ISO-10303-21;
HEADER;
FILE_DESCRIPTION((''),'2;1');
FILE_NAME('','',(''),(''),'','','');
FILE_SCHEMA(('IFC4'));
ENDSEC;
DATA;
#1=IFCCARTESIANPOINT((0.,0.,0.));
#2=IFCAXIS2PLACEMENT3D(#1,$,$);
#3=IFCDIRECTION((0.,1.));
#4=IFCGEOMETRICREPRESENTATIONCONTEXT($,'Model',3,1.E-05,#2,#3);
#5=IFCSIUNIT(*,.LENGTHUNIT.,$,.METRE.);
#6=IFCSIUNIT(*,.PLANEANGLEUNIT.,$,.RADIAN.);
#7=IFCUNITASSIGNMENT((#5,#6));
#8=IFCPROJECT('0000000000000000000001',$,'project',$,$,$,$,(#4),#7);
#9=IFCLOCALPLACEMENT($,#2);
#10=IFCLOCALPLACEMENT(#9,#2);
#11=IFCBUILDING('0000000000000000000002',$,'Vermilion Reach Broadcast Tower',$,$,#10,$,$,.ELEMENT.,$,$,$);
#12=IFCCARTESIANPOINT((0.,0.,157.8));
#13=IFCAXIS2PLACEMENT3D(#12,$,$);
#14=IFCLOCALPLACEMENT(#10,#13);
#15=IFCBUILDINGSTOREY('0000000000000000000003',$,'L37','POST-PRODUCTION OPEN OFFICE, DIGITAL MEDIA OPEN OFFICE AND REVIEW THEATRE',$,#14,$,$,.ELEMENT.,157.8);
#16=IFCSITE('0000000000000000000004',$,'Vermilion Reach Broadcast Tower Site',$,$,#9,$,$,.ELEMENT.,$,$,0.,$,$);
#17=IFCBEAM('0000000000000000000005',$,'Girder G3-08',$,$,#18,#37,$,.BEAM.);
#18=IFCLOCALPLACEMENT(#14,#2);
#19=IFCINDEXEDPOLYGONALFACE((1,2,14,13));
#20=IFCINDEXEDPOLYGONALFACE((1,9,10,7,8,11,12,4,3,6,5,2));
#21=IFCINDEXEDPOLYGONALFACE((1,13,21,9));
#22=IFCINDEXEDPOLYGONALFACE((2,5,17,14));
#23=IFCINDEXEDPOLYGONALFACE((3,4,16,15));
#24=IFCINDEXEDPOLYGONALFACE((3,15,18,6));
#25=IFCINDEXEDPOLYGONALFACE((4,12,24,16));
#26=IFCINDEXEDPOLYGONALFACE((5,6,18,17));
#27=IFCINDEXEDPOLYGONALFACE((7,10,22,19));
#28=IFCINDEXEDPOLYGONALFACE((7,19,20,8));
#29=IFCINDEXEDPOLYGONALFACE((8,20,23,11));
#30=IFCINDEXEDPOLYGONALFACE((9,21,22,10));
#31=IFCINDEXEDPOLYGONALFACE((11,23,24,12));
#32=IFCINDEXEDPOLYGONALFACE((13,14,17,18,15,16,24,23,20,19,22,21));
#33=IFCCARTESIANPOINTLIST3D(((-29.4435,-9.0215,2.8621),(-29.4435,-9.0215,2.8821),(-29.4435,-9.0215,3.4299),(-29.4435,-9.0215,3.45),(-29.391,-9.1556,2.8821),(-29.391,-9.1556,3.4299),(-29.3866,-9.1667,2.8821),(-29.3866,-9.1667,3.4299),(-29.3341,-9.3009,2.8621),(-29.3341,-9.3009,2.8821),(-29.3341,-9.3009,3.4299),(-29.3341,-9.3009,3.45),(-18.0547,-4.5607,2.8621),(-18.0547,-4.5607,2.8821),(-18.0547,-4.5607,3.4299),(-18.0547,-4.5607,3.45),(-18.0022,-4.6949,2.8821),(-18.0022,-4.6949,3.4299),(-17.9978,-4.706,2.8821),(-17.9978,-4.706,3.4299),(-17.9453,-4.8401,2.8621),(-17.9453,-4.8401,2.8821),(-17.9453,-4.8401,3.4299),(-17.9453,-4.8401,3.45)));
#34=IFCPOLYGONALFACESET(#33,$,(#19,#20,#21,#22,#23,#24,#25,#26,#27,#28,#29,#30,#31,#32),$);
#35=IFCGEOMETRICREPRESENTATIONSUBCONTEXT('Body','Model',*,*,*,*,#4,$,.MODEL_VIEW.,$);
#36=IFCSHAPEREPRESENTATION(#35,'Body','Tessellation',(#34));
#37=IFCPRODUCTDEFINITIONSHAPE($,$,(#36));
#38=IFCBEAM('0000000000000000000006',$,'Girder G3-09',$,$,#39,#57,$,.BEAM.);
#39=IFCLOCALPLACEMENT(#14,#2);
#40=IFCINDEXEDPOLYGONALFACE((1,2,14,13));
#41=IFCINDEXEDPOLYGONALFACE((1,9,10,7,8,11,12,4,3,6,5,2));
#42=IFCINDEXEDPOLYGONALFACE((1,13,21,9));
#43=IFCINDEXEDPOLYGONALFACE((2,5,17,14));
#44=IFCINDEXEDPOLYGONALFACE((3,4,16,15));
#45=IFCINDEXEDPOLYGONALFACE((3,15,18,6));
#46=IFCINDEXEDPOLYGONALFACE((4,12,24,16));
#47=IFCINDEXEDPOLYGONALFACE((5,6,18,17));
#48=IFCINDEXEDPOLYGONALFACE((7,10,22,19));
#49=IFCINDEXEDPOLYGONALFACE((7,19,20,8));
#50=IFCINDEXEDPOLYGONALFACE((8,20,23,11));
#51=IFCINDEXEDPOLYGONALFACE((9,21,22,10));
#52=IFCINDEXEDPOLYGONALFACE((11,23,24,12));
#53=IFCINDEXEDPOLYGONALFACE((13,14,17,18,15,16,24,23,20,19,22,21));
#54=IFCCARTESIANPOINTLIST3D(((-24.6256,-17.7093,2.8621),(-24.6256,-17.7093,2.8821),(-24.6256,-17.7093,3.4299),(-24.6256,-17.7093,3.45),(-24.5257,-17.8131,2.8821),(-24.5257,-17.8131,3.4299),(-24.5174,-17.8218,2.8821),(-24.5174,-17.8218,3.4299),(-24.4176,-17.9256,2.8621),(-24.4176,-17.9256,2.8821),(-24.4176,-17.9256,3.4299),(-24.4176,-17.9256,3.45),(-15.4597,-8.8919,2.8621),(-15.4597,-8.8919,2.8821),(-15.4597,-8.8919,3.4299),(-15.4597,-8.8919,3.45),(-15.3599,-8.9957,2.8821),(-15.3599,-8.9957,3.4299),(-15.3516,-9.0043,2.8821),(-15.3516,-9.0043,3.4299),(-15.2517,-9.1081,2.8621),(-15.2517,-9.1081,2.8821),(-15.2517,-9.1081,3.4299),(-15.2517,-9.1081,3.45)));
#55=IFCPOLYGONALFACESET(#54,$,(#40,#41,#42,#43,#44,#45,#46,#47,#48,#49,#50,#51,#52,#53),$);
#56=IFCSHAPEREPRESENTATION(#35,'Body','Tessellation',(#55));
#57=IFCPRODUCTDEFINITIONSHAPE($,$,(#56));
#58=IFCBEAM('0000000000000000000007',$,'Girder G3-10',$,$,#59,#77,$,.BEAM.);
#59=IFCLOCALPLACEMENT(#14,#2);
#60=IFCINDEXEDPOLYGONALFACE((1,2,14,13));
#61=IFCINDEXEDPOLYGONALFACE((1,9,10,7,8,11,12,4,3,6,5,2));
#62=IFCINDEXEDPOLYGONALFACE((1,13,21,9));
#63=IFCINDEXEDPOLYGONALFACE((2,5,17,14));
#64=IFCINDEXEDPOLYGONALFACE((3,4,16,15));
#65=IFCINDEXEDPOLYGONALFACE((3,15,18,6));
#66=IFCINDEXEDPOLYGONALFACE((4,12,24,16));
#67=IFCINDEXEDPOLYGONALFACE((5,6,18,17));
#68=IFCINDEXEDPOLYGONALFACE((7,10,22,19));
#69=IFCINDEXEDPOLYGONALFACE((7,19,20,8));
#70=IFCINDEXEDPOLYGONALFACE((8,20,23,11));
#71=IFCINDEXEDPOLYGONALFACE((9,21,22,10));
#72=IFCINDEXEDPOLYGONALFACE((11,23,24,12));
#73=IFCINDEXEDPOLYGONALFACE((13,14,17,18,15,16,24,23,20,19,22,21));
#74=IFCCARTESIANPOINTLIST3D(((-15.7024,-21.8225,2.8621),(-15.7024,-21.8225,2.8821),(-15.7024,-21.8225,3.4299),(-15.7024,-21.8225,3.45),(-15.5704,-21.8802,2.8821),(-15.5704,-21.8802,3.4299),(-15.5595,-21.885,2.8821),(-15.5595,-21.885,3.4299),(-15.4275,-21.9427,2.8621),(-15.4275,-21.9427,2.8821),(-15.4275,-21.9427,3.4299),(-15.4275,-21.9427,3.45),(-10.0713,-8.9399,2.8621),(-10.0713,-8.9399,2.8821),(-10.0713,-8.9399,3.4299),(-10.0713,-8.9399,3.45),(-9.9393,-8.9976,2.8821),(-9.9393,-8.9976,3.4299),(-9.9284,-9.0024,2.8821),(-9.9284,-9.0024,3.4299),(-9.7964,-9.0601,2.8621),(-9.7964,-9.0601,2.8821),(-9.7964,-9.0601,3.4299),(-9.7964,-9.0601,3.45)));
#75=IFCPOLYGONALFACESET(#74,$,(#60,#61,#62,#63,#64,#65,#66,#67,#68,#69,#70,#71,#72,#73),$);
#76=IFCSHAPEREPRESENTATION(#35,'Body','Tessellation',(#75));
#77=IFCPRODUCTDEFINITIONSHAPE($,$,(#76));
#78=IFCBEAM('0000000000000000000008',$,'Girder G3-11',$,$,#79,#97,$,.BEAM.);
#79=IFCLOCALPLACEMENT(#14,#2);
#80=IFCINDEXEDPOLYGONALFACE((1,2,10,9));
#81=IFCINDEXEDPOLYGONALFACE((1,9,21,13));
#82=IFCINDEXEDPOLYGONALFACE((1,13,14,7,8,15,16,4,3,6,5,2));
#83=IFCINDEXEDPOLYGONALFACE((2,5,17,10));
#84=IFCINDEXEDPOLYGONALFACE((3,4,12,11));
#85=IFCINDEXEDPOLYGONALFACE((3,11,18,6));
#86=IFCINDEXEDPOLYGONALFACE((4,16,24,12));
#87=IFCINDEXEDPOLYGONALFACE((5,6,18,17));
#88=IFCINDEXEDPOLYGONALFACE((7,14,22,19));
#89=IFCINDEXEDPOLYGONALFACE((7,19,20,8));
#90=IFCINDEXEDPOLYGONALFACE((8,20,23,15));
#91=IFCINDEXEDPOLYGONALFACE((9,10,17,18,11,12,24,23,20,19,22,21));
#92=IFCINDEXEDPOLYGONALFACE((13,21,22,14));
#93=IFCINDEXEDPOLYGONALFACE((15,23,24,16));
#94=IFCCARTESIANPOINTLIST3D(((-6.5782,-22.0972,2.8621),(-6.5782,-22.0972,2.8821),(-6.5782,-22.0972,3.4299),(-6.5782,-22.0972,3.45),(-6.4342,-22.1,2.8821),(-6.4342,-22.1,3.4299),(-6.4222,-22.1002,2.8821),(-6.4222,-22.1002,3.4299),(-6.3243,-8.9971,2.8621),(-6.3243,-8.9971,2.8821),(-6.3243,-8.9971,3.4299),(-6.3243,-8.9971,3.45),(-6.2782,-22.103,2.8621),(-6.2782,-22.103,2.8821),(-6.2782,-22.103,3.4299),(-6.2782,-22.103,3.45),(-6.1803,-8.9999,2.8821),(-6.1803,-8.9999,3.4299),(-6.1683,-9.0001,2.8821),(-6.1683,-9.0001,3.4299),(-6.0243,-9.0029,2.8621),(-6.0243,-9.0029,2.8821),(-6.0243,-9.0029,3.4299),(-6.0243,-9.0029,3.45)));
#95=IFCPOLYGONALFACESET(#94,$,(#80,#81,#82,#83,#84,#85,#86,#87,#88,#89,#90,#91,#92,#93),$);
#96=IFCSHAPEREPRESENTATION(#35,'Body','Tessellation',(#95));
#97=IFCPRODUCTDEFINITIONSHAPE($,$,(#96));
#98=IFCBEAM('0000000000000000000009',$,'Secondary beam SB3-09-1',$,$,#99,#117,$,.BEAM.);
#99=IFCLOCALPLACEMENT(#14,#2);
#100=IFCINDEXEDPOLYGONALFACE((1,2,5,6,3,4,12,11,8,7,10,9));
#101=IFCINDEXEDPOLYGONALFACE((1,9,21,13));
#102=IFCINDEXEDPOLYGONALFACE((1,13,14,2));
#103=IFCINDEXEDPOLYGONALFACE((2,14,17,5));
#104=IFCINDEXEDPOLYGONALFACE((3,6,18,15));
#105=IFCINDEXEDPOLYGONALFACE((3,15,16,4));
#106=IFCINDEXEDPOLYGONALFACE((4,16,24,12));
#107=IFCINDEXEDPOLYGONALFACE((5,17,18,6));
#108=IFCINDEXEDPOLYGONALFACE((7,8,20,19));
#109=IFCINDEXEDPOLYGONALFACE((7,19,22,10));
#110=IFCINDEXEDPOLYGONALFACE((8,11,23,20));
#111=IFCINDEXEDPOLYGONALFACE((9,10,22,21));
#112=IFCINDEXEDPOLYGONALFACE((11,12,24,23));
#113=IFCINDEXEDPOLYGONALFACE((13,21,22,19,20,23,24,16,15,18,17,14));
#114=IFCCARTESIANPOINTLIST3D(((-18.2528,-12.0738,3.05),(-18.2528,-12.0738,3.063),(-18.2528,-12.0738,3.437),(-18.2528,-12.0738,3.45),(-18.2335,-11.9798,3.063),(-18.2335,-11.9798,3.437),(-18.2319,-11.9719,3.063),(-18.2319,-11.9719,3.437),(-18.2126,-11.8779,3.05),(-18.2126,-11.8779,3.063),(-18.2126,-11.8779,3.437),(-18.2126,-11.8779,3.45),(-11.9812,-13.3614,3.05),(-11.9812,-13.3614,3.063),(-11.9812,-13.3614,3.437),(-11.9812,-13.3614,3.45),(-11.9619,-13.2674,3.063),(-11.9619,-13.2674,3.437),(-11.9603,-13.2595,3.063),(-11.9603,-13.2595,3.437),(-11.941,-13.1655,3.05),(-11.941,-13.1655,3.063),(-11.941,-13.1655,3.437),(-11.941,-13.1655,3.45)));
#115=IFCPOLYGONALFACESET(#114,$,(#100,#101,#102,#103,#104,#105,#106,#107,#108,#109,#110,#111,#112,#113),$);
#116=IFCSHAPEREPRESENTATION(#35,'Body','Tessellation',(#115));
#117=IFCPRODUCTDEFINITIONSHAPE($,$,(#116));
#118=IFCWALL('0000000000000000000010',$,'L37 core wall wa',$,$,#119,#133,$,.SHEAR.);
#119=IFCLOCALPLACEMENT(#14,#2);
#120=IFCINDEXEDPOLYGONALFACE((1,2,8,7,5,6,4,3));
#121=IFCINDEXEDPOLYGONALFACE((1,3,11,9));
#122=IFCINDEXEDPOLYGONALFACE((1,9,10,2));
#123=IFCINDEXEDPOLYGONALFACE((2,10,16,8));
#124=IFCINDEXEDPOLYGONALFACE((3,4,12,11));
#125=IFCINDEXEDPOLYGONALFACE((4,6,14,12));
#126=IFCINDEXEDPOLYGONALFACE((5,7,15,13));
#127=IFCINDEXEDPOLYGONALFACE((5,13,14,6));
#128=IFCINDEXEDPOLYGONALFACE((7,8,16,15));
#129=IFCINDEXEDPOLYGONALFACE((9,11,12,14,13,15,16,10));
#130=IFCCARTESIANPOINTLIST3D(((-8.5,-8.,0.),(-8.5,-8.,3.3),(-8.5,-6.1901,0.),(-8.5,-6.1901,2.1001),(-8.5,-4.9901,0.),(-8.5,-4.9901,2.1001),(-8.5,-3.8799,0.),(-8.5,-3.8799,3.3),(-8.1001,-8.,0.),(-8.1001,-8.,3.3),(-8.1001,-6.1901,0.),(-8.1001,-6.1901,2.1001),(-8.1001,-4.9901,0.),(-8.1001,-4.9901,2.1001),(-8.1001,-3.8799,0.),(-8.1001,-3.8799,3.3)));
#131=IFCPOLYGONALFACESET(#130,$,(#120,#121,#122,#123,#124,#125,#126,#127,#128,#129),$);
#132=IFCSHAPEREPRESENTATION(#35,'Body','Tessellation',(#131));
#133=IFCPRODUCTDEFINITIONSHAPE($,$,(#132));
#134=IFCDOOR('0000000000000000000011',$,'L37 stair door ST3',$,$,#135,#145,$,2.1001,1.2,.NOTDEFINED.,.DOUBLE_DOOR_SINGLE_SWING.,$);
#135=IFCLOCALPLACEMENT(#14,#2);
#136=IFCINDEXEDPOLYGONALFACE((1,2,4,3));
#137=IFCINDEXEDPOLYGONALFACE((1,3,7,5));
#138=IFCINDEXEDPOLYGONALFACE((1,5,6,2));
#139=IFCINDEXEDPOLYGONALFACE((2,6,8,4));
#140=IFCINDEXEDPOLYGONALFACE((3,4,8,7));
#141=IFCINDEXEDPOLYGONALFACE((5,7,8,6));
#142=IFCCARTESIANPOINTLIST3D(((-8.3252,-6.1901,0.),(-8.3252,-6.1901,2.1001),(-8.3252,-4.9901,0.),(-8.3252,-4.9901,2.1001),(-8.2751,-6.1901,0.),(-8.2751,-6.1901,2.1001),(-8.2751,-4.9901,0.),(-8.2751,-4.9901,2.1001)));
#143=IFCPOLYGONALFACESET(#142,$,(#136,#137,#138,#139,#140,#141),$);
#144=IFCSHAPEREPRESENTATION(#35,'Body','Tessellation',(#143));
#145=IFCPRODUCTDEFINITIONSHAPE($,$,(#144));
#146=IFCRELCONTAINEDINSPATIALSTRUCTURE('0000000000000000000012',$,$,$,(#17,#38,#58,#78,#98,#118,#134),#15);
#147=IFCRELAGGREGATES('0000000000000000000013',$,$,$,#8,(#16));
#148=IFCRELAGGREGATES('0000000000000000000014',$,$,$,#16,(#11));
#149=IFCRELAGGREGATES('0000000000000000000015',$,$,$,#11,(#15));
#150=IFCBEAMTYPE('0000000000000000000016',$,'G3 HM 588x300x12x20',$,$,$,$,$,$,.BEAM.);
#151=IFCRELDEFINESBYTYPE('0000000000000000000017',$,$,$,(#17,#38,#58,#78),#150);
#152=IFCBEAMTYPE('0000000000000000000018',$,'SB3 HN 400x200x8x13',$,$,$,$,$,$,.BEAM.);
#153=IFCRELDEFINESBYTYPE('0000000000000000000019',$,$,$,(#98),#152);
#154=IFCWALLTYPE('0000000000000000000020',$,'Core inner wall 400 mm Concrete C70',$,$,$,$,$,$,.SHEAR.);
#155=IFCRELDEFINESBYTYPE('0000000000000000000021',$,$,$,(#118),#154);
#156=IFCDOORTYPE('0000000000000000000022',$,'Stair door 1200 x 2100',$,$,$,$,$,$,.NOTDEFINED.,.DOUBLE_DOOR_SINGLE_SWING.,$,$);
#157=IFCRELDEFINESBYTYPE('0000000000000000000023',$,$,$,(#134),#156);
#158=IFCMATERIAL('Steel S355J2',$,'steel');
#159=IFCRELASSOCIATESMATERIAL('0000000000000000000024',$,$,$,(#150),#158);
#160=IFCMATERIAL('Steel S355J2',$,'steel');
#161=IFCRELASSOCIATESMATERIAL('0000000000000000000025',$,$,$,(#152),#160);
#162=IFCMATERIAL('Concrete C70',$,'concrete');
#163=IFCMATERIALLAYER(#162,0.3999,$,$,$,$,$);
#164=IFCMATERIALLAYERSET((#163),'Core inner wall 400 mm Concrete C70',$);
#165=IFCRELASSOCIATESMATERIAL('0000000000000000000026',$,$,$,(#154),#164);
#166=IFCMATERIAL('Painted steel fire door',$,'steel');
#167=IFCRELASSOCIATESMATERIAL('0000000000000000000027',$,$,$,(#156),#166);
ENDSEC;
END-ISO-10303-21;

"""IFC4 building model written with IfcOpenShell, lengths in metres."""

from ifc_helpers import new_model, si_unit, direction, frame, frame_2d, origin, origin_2d, place, context, subcontext, project, spatial, rectangle, i_section, extrude, material, layer, layer_set, material_profile, profile_set, type_object, element, fill, save


model = new_model("IFC4")

# Units and contexts
model_context = context("Model", 3, precision=1e-05, world=origin(), true_north=direction((0.0, 1.0)))
body_context = subcontext(model_context, "Body", "Model", "MODEL_VIEW")
ifc_project = project(units=[si_unit("LENGTHUNIT", "METRE"), si_unit("PLANEANGLEUNIT", "RADIAN")], contexts=[model_context])

# Site, building, storey
site_placement = place(None, origin())
site = spatial("IfcSite", under=ifc_project, at=site_placement, Name="Vermilion Reach Broadcast Tower Site", CompositionType="ELEMENT", RefElevation=0.0)
building_placement = place(site_placement, origin())
building = spatial("IfcBuilding", under=site, at=building_placement, Name="Vermilion Reach Broadcast Tower", CompositionType="ELEMENT")
storey_placement = place(building_placement, frame((0.0, 0.0, 157.8)))
storey = spatial("IfcBuildingStorey", under=building, at=storey_placement, Name="L37", Description="POST-PRODUCTION OPEN OFFICE, DIGITAL MEDIA OPEN OFFICE AND REVIEW THEATRE", CompositionType="ELEMENT", Elevation=157.8)

# Beams
ifc_material_1 = material(Name="Steel S355J2", Category="steel")
ifc_material_profile_1 = material_profile(ifc_material_1, i_section(OverallWidth=0.3, OverallDepth=0.5879, WebThickness=0.012, FlangeThickness=0.02, at=origin_2d()), Name="S355J2 HM 588x300x12x20")
ifc_profile_set_1 = profile_set([ifc_material_profile_1], Name="Steel S355J2")
beam_type_1 = type_object("IfcBeamType", Name="G3 HM 588x300x12x20", PredefinedType="BEAM", material=ifc_profile_set_1)
beam_1_placement = place(storey_placement, frame((-18.0, -4.7004, 3.156), z_axis=(-0.931125, -0.364701, 0.0), x_axis=(0.364701, -0.931125, 0.0)))
element("IfcBeam", 1, at=beam_1_placement, inside=storey, type_object=beam_type_1, Name="Girder G3-08", PredefinedType="BEAM", context=body_context, shape_type="SweptSolid", body=[
    extrude(i_section(OverallWidth=0.3, OverallDepth=0.5879, WebThickness=0.012, FlangeThickness=0.02, at=origin_2d()), origin(), (0.0, 0.0, 1.0), 12.2312),
])
beam_2_placement = place(storey_placement, frame((-15.3557, -9.0, 3.156), z_axis=(-0.72067, -0.693278, 0.0), x_axis=(0.693278, -0.72067, 0.0)))
element("IfcBeam", 2, at=beam_2_placement, inside=storey, type_object=beam_type_1, Name="Girder G3-09", PredefinedType="BEAM", context=body_context, shape_type="SweptSolid", body=[
    extrude(i_section(OverallWidth=0.3, OverallDepth=0.5879, WebThickness=0.012, FlangeThickness=0.02, at=origin_2d()), origin(), (0.0, 0.0, 1.0), 12.7185),
])
beam_3_placement = place(storey_placement, frame((-9.9338, -9.0, 3.156), z_axis=(-0.400519, -0.916288, 0.0), x_axis=(0.916288, -0.400519, 0.0)))
element("IfcBeam", 3, at=beam_3_placement, inside=storey, type_object=beam_type_1, Name="Girder G3-10", PredefinedType="BEAM", context=body_context, shape_type="SweptSolid", body=[
    extrude(i_section(OverallWidth=0.3, OverallDepth=0.5879, WebThickness=0.012, FlangeThickness=0.02, at=origin_2d()), origin(), (0.0, 0.0, 1.0), 14.0596),
])
beam_4_placement = place(storey_placement, frame((-6.1743, -9.0, 3.156), z_axis=(-0.019378, -0.999812, 0.0), x_axis=(0.999812, -0.019378, 0.0)))
element("IfcBeam", 4, at=beam_4_placement, inside=storey, type_object=beam_type_1, Name="Girder G3-11", PredefinedType="BEAM", context=body_context, shape_type="SweptSolid", body=[
    extrude(i_section(OverallWidth=0.3, OverallDepth=0.5879, WebThickness=0.012, FlangeThickness=0.02, at=origin_2d()), origin(), (0.0, 0.0, 1.0), 13.1025),
])
ifc_material_2 = material(Name="Steel S355J2", Category="steel")
ifc_material_profile_2 = material_profile(ifc_material_2, i_section(OverallWidth=0.2, OverallDepth=0.3999, WebThickness=0.0081, FlangeThickness=0.0129, at=origin_2d()), Name="S355J2 HN 400x200x8x13")
ifc_profile_set_2 = profile_set([ifc_material_profile_2], Name="Steel S355J2")
beam_type_2 = type_object("IfcBeamType", Name="SB3 HN 400x200x8x13", PredefinedType="BEAM", material=ifc_profile_set_2)
beam_5_placement = place(storey_placement, frame((-18.2327, -11.9758, 3.25), z_axis=(0.979568, -0.201115, 0.0), x_axis=(0.201115, 0.979568, 0.0)))
element("IfcBeam", 5, at=beam_5_placement, inside=storey, type_object=beam_type_2, Name="Secondary beam SB3-09-1", PredefinedType="BEAM", context=body_context, shape_type="SweptSolid", body=[
    extrude(i_section(OverallWidth=0.2, OverallDepth=0.3999, WebThickness=0.0081, FlangeThickness=0.0129, at=origin_2d()), origin(), (0.0, 0.0, 1.0), 6.4023),
])

# Wall, opening, door
ifc_material_3 = material(Name="Concrete C70", Category="concrete")
ifc_layer_1 = layer(ifc_material_3, 0.3999)
ifc_layer_set_1 = layer_set([ifc_layer_1], Name="Core inner wall 400 mm Concrete C70")
wall_type_1 = type_object("IfcWallType", Name="Core inner wall 400 mm Concrete C70", PredefinedType="SHEAR", material=ifc_layer_set_1)
wall_1_placement = place(storey_placement, frame((-8.3, -3.8799, 0.0), z_axis=(0.0, 0.0, 1.0), x_axis=(0.0, -1.0, 0.0)))
wall_1 = element("IfcWall", 6, at=wall_1_placement, inside=storey, type_object=wall_type_1, Name="L37 core wall wa", PredefinedType="SHEAR", context=body_context, shape_type="SweptSolid", body=[
    extrude(rectangle(XDim=4.1201, YDim=0.3999, at=frame_2d((2.0601, 0.0))), origin(), (0.0, 0.0, 1.0), 3.3),
])
opening_1_placement = place(wall_1_placement, frame((1.1101, 0.0, 0.0)))
opening_1 = element("IfcOpeningElement", 7, at=opening_1_placement, cuts=wall_1, PredefinedType="OPENING", context=body_context, shape_type="SweptSolid", body=[
    extrude(rectangle(XDim=1.2, YDim=2.1001, at=frame_2d((0.6001, 1.05))), frame((0.0, 0.21, 0.0), z_axis=(0.0, -1.0, 0.0), x_axis=(1.0, 0.0, 0.0)), (0.0, 0.0, 1.0), 0.4199),
])
ifc_material_4 = material(Name="Painted steel fire door", Category="steel")
door_type_1 = type_object("IfcDoorType", Name="Stair door 1200 x 2100", OperationType="DOUBLE_DOOR_SINGLE_SWING", PredefinedType="NOTDEFINED", material=ifc_material_4)
door_1_placement = place(opening_1_placement, origin())
door_1 = element("IfcDoor", 8, at=door_1_placement, inside=storey, type_object=door_type_1, Name="L37 stair door ST3", OperationType="DOUBLE_DOOR_SINGLE_SWING", OverallHeight=2.1001, OverallWidth=1.2, PredefinedType="NOTDEFINED", context=body_context, shape_type="SweptSolid", body=[
    extrude(rectangle(XDim=1.2, YDim=2.1001, at=frame_2d((0.6001, 1.05))), frame((0.0, 0.0249, 0.0), z_axis=(0.0, -1.0, 0.0), x_axis=(1.0, 0.0, 0.0)), (0.0, 0.0, 1.0), 0.05),
])
fill(opening_1, door_1)

save(model, "model.ifc")
